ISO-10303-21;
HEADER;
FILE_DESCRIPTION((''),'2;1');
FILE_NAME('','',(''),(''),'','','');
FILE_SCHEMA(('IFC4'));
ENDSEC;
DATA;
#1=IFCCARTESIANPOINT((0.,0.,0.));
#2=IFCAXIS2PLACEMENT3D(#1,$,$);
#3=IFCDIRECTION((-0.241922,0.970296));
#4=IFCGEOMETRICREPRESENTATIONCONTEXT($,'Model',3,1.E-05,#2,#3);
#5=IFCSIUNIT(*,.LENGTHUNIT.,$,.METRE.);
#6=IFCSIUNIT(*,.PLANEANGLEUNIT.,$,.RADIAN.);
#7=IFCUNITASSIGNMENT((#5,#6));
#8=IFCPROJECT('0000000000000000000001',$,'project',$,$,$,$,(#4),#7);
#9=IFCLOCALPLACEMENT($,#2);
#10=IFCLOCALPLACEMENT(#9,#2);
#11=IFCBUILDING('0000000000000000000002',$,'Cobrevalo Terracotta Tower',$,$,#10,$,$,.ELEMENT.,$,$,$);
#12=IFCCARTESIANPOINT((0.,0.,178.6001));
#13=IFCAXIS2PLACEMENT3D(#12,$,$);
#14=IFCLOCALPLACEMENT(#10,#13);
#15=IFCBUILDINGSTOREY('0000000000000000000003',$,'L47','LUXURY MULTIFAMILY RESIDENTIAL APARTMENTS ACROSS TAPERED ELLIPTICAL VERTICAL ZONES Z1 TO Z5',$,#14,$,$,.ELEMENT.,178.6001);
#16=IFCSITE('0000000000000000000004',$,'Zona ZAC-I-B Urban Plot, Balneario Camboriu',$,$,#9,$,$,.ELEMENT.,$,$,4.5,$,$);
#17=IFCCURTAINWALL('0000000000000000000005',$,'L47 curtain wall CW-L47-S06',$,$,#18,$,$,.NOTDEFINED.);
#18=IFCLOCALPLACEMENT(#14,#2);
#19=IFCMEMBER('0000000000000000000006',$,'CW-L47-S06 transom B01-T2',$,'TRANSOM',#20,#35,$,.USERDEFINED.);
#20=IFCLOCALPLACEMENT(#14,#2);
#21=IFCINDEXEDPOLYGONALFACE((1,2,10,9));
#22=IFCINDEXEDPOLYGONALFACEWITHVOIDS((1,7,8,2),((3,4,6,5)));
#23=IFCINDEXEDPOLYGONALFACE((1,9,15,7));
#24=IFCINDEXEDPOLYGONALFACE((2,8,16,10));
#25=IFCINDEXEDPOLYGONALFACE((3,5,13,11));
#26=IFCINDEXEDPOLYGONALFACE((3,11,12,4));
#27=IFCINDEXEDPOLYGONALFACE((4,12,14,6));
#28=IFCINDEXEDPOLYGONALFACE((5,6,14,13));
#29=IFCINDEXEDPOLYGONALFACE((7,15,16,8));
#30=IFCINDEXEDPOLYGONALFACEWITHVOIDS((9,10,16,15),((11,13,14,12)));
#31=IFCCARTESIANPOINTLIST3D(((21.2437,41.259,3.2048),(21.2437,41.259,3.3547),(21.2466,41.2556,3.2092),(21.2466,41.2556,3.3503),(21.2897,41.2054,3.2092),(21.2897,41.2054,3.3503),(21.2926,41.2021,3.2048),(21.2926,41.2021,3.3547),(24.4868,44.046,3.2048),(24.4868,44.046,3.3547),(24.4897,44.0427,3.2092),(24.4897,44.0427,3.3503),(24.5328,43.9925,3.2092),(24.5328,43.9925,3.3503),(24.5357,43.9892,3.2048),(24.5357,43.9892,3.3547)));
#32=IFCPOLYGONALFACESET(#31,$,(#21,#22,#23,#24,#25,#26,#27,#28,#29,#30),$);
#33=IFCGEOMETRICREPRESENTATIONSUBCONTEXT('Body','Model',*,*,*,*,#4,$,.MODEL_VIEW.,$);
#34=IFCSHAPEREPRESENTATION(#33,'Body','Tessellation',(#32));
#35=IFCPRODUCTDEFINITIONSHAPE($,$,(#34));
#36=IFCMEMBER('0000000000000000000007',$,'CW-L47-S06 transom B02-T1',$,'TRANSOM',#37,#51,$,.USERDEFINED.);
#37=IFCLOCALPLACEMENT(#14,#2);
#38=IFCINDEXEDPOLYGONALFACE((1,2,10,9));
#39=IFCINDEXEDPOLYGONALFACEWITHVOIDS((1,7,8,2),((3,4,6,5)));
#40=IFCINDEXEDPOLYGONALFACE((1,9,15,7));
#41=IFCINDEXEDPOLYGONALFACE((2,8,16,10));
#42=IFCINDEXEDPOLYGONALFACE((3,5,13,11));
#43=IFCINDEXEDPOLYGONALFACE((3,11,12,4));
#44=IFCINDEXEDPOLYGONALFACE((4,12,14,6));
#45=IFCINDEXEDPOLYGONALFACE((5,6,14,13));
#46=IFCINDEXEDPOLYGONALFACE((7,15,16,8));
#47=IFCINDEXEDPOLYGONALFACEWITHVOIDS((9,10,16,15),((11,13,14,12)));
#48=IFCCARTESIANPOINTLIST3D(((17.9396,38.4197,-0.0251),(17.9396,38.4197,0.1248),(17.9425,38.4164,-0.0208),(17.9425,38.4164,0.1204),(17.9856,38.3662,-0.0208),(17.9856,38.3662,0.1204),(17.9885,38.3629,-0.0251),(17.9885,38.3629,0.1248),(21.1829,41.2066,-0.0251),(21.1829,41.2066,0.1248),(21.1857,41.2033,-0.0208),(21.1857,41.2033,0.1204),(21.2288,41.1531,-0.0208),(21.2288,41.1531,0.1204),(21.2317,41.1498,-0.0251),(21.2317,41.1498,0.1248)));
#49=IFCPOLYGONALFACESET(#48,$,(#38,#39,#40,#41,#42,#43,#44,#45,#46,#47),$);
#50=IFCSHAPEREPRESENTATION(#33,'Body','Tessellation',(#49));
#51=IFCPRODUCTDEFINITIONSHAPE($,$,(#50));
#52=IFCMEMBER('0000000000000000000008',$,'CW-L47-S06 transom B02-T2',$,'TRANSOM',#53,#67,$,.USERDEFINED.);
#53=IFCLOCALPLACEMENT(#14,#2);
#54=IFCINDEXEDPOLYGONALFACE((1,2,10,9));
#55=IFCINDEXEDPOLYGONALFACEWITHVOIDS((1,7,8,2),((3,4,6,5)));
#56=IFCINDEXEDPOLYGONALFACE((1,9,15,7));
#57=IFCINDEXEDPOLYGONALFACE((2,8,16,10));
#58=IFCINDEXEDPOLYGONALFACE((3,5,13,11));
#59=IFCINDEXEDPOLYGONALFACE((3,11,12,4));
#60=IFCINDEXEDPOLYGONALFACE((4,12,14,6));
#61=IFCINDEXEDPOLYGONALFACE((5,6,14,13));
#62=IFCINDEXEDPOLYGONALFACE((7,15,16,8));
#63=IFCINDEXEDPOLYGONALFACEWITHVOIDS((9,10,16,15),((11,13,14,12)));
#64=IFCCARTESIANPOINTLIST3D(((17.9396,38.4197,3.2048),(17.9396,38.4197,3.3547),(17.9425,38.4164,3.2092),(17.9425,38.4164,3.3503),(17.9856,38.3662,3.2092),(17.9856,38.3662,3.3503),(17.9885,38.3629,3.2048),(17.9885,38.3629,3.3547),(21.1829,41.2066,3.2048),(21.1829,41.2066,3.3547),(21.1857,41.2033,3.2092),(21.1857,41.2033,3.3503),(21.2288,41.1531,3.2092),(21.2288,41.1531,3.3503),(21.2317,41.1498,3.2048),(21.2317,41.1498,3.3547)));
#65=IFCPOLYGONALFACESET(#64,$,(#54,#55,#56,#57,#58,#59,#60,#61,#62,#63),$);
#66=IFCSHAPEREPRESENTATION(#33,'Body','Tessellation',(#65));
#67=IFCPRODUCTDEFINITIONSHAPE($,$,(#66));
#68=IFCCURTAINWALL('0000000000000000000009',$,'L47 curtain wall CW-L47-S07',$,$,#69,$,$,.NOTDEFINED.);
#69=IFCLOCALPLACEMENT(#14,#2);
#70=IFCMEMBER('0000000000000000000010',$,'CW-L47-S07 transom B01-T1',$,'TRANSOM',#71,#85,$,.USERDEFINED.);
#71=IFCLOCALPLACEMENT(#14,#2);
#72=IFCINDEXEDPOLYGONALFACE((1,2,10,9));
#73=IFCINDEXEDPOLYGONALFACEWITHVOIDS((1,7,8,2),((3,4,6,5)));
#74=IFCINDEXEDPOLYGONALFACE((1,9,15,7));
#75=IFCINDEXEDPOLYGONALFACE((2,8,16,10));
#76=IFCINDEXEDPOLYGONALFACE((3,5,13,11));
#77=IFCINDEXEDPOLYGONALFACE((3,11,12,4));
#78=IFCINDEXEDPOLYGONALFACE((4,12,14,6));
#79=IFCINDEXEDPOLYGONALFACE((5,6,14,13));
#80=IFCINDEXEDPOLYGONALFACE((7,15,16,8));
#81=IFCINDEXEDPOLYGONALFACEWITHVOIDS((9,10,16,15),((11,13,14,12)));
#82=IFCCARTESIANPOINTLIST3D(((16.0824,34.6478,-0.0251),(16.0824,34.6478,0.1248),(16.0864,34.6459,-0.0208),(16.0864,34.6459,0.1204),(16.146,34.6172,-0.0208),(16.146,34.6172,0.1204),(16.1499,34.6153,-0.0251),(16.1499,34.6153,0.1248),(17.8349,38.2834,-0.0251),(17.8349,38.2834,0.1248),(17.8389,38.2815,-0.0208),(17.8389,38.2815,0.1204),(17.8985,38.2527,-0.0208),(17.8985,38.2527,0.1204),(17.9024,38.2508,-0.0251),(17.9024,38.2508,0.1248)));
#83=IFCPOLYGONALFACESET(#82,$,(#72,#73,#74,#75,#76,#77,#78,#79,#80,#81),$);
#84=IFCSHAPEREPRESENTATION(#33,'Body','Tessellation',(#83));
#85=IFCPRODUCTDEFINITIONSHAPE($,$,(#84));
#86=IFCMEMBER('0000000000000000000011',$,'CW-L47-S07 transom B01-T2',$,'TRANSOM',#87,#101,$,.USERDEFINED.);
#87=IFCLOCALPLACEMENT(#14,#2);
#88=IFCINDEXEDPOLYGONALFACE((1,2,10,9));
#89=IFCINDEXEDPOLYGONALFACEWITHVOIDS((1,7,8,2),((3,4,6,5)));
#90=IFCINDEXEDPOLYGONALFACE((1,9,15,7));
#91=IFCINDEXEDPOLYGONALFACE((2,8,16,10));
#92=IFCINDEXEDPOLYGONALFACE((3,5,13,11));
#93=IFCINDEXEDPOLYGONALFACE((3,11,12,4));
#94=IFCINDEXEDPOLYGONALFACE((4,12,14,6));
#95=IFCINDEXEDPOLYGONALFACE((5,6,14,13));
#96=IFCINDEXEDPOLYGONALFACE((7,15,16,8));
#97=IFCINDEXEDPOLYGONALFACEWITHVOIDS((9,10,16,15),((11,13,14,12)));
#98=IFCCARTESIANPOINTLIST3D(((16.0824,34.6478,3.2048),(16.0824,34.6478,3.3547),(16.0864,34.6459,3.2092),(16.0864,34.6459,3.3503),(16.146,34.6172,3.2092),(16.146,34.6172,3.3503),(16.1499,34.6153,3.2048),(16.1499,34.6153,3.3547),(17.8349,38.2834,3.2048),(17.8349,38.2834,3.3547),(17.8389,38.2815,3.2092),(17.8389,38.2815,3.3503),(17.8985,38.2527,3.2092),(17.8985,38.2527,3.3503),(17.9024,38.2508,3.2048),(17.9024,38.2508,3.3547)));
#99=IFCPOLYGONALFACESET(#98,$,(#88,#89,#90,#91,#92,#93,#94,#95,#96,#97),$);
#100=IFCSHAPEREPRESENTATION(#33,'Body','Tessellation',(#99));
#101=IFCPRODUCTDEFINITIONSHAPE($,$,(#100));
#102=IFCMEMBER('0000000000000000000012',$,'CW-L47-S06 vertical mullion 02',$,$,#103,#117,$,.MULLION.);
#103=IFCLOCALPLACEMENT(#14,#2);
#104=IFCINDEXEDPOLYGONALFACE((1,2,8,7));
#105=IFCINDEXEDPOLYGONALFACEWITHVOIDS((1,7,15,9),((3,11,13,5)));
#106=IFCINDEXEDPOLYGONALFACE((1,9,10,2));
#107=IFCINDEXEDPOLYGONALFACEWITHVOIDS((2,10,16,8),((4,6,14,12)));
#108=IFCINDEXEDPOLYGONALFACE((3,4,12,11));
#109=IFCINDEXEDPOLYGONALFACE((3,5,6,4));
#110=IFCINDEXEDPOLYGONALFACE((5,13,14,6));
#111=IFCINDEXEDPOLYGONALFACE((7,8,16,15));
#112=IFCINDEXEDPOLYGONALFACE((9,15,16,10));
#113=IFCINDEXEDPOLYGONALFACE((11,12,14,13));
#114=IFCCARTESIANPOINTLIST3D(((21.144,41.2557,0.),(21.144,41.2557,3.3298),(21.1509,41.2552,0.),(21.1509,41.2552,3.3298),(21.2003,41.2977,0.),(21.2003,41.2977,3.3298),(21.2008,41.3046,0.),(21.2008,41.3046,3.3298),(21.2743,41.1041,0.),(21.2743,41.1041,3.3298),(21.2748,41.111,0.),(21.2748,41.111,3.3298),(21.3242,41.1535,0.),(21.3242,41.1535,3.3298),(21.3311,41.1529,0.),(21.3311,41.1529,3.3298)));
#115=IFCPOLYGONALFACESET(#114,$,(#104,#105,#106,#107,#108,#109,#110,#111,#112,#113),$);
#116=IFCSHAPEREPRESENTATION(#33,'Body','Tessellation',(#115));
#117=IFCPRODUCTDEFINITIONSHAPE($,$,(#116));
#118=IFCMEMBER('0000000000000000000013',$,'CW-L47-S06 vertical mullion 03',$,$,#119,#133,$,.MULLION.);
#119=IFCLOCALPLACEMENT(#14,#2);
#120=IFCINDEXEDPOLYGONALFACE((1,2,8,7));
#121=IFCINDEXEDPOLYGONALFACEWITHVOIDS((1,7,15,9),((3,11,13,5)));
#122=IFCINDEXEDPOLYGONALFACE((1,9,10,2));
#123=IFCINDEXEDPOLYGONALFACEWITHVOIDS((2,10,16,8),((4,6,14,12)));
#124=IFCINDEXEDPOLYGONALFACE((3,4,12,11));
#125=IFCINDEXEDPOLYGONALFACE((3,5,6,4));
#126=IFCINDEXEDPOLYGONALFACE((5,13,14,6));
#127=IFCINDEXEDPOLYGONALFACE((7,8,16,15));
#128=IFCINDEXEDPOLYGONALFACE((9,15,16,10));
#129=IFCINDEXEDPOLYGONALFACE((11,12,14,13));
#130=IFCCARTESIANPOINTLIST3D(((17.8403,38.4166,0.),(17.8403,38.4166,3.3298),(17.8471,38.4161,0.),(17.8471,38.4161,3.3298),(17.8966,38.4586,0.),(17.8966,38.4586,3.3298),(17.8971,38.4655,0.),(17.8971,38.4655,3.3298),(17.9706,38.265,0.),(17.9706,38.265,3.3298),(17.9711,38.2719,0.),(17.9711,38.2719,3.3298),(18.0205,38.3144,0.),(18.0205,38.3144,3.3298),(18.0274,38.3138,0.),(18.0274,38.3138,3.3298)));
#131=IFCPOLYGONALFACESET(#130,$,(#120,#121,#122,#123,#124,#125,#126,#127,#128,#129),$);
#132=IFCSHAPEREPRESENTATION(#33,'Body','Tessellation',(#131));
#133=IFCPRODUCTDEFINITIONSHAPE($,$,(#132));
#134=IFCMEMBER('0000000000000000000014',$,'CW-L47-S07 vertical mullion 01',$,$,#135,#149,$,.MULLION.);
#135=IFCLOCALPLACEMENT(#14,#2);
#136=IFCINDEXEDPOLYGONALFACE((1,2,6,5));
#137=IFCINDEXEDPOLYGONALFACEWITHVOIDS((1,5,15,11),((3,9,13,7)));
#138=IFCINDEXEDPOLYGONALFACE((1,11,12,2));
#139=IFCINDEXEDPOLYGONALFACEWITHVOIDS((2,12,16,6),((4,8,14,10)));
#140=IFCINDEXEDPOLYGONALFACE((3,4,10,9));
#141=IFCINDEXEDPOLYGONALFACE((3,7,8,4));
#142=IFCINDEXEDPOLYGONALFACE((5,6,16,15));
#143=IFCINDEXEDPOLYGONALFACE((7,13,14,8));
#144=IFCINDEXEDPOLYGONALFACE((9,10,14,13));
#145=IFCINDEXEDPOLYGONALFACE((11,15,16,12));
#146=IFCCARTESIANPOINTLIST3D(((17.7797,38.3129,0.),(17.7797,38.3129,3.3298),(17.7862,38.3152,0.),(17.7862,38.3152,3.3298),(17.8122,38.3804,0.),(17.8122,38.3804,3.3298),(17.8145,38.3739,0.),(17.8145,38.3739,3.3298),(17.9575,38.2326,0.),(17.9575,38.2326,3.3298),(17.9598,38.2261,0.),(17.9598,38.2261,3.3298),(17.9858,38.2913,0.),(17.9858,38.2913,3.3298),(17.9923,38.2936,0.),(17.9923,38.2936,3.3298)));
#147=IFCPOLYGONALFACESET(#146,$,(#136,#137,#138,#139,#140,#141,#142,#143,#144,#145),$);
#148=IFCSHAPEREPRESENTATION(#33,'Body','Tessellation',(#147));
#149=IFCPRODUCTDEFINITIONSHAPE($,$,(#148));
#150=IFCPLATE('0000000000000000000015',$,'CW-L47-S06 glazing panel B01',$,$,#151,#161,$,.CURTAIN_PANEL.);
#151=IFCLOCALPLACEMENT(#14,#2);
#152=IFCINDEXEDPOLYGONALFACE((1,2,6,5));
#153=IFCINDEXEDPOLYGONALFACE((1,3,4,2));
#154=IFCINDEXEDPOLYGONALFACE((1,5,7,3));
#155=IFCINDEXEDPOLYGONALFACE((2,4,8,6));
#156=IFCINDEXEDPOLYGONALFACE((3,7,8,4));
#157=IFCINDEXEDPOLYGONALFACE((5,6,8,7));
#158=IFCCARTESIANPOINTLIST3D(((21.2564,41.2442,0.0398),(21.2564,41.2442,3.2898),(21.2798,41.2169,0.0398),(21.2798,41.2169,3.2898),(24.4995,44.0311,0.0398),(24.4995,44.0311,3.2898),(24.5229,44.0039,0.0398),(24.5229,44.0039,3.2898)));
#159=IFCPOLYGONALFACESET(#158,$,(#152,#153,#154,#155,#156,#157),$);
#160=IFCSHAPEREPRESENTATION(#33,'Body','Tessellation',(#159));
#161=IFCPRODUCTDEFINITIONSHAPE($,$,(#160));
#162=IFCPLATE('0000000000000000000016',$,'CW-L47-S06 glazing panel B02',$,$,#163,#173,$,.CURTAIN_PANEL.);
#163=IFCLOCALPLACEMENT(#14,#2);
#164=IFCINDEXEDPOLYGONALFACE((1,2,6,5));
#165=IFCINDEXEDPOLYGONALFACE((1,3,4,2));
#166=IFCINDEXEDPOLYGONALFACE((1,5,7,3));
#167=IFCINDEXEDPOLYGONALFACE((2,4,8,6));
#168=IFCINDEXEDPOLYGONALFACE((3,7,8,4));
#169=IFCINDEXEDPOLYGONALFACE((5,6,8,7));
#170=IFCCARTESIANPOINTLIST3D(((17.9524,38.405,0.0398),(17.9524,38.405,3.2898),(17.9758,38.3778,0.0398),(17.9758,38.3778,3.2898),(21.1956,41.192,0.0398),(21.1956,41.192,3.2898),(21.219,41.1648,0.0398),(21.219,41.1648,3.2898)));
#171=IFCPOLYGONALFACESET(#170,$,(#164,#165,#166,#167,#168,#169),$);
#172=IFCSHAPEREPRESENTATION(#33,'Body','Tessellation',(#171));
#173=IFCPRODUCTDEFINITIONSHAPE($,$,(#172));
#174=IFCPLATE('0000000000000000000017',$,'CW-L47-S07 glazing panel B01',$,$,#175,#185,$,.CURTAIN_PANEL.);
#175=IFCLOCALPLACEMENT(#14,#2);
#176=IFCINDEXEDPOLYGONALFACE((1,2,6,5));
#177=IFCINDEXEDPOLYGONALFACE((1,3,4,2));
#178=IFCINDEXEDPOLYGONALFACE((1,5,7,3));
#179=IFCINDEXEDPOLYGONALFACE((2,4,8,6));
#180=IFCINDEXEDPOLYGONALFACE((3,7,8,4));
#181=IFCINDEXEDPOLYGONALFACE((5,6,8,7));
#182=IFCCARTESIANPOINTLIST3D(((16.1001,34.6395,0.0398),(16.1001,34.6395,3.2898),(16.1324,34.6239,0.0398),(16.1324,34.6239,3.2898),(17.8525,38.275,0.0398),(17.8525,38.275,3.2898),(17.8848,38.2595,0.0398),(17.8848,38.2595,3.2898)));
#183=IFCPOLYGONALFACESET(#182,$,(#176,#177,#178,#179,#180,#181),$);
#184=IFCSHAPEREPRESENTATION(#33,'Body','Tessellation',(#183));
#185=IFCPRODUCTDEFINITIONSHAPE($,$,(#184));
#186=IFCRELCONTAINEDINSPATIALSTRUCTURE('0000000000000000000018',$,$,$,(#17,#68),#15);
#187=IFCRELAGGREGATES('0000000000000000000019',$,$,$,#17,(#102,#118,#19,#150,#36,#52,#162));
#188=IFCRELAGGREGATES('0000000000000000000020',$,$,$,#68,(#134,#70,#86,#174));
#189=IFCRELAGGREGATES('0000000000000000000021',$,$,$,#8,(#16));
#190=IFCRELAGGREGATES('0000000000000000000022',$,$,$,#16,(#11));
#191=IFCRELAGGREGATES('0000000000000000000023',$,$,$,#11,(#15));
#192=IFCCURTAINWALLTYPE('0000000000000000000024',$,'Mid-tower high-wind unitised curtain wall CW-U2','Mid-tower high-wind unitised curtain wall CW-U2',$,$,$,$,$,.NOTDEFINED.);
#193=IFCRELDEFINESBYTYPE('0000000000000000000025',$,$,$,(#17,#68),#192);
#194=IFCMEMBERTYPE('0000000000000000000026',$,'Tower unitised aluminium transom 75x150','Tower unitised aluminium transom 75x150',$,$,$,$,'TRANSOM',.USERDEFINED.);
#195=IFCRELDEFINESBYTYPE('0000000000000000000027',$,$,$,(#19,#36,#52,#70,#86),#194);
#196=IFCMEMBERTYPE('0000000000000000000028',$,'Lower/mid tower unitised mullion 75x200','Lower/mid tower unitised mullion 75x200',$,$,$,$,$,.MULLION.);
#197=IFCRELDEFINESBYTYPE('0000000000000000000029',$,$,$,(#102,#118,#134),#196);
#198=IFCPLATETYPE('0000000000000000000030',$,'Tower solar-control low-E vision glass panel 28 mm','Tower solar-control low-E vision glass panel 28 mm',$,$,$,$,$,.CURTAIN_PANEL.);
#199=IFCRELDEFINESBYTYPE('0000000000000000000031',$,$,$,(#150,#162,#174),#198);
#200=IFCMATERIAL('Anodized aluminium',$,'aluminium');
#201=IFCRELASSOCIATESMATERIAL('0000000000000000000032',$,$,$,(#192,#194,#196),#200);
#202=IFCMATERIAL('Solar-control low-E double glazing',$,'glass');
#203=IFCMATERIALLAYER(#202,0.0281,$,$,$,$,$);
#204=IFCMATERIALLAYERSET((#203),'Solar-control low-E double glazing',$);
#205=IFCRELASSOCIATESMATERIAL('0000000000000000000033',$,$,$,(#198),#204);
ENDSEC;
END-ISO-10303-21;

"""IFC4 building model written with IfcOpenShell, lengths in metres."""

from ifc_helpers import new_model, si_unit, direction, frame, origin, origin_2d, place, context, subcontext, project, spatial, rectangle, hollow_rectangle, extrude, source, transform, mapped, material, layer, layer_set, material_profile, profile_set, type_object, element, aggregate, save


model = new_model("IFC4")

# Units and contexts
model_context = context("Model", 3, precision=1e-05, world=origin(), true_north=direction((-0.241922, 0.970296)))
body_context = subcontext(model_context, "Body", "Model", "MODEL_VIEW")
ifc_project = project(units=[si_unit("LENGTHUNIT", "METRE"), si_unit("PLANEANGLEUNIT", "RADIAN")], contexts=[model_context])

# Site, building, storey
site_placement = place(None, origin())
site = spatial("IfcSite", under=ifc_project, at=site_placement, Name="Zona ZAC-I-B Urban Plot, Balneario Camboriu", CompositionType="ELEMENT", RefElevation=4.5)
building_placement = place(site_placement, origin())
building = spatial("IfcBuilding", under=site, at=building_placement, Name="Cobrevalo Terracotta Tower", CompositionType="ELEMENT")
storey_placement = place(building_placement, frame((0.0, 0.0, 178.6001)))
storey = spatial("IfcBuildingStorey", under=building, at=storey_placement, Name="L47", Description="LUXURY MULTIFAMILY RESIDENTIAL APARTMENTS ACROSS TAPERED ELLIPTICAL VERTICAL ZONES Z1 TO Z5", CompositionType="ELEMENT", Elevation=178.6001)

# Curtain walls, members
ifc_material_1 = material(Name="Anodized aluminium", Category="aluminium")
curtain_wall_type = type_object("IfcCurtainWallType", Name="Mid-tower high-wind unitised curtain wall CW-U2", Description="Mid-tower high-wind unitised curtain wall CW-U2", PredefinedType="NOTDEFINED", material=ifc_material_1)
curtain_wall_1_placement = place(storey_placement, origin())
curtain_wall_1 = element("IfcCurtainWall", 1, at=curtain_wall_1_placement, inside=storey, type_object=curtain_wall_type, Name="L47 curtain wall CW-L47-S06", PredefinedType="NOTDEFINED")
ifc_material_profile_1 = material_profile(ifc_material_1, hollow_rectangle(XDim=0.075, YDim=0.1499, WallThickness=0.0044, at=origin_2d()), Name="CWT 75x150")
ifc_profile_set_1 = profile_set([ifc_material_profile_1], Name="Anodized aluminium")
member_type_1 = type_object("IfcMemberType", Name="Tower unitised aluminium transom 75x150", Description="Tower unitised aluminium transom 75x150", ElementType="TRANSOM", PredefinedType="USERDEFINED", material=ifc_profile_set_1)
shared_shape_1 = source(origin(), body_context, "Body", "SweptSolid", [
    extrude(hollow_rectangle(XDim=0.075, YDim=0.1499, WallThickness=0.0044, at=origin_2d()), origin(), (0.0, 0.0, 1.0), 4.2761),
])
member_1_placement = place(storey_placement, frame((24.5112, 44.0176, 3.2798), z_axis=(-0.758418, -0.651769, 0.0), x_axis=(0.651769, -0.758418, 0.0)))
member_1 = element("IfcMember", 2, at=member_1_placement, type_object=member_type_1, Name="CW-L47-S06 transom B01-T2", ObjectType="TRANSOM", PredefinedType="USERDEFINED", context=body_context, shape_type="MappedRepresentation", body=[
    mapped(shared_shape_1, transform((0.0, 0.0, 0.0), scale=1.0)),
])
member_2_placement = place(storey_placement, frame((21.2073, 41.1782, 0.0498), z_axis=(-0.758446, -0.651736, 0.0), x_axis=(0.651736, -0.758446, 0.0)))
member_2 = element("IfcMember", 3, at=member_2_placement, type_object=member_type_1, Name="CW-L47-S06 transom B02-T1", ObjectType="TRANSOM", PredefinedType="USERDEFINED", context=body_context, shape_type="MappedRepresentation", body=[
    mapped(shared_shape_1, transform((0.0, 0.0, 0.0), scale=1.0)),
])
member_3_placement = place(storey_placement, frame((21.2073, 41.1782, 3.2798), z_axis=(-0.758446, -0.651736, 0.0), x_axis=(0.651736, -0.758446, 0.0)))
member_3 = element("IfcMember", 4, at=member_3_placement, type_object=member_type_1, Name="CW-L47-S06 transom B02-T2", ObjectType="TRANSOM", PredefinedType="USERDEFINED", context=body_context, shape_type="MappedRepresentation", body=[
    mapped(shared_shape_1, transform((0.0, 0.0, 0.0), scale=1.0)),
])
curtain_wall_2_placement = place(storey_placement, origin())
curtain_wall_2 = element("IfcCurtainWall", 5, at=curtain_wall_2_placement, inside=storey, type_object=curtain_wall_type, Name="L47 curtain wall CW-L47-S07", PredefinedType="NOTDEFINED")
shared_shape_2 = source(origin(), body_context, "Body", "SweptSolid", [
    extrude(hollow_rectangle(XDim=0.075, YDim=0.1499, WallThickness=0.0044, at=origin_2d()), origin(), (0.0, 0.0, 1.0), 4.0359),
])
member_4_placement = place(storey_placement, frame((17.8687, 38.2671, 0.0498), z_axis=(-0.434221, -0.900806, 0.0), x_axis=(0.900806, -0.434221, 0.0)))
member_4 = element("IfcMember", 6, at=member_4_placement, type_object=member_type_1, Name="CW-L47-S07 transom B01-T1", ObjectType="TRANSOM", PredefinedType="USERDEFINED", context=body_context, shape_type="MappedRepresentation", body=[
    mapped(shared_shape_2, transform((0.0, 0.0, 0.0), scale=1.0)),
])
member_5_placement = place(storey_placement, frame((17.8687, 38.2671, 3.2798), z_axis=(-0.434221, -0.900806, 0.0), x_axis=(0.900806, -0.434221, 0.0)))
member_5 = element("IfcMember", 7, at=member_5_placement, type_object=member_type_1, Name="CW-L47-S07 transom B01-T2", ObjectType="TRANSOM", PredefinedType="USERDEFINED", context=body_context, shape_type="MappedRepresentation", body=[
    mapped(shared_shape_2, transform((0.0, 0.0, 0.0), scale=1.0)),
])

# Members
ifc_material_profile_2 = material_profile(ifc_material_1, hollow_rectangle(XDim=0.075, YDim=0.2, WallThickness=0.0049, at=origin_2d()), Name="CWM 75x200")
ifc_profile_set_2 = profile_set([ifc_material_profile_2], Name="Anodized aluminium")
member_type_2 = type_object("IfcMemberType", Name="Lower/mid tower unitised mullion 75x200", Description="Lower/mid tower unitised mullion 75x200", PredefinedType="MULLION", material=ifc_profile_set_2)
shared_shape_3 = source(origin(), body_context, "Body", "SweptSolid", [
    extrude(hollow_rectangle(XDim=0.075, YDim=0.2, WallThickness=0.0049, at=origin_2d()), origin(), (0.0, 0.0, 1.0), 3.3298),
])
member_6_placement = place(storey_placement, frame((21.2375, 41.2043, 0.0), z_axis=(0.0, 0.0, 1.0), x_axis=(-0.758442, -0.651741, 0.0)))
member_6 = element("IfcMember", 8, at=member_6_placement, type_object=member_type_2, Name="CW-L47-S06 vertical mullion 02", PredefinedType="MULLION", context=body_context, shape_type="MappedRepresentation", body=[
    mapped(shared_shape_3, transform((0.0, 0.0, 0.0), scale=1.0)),
])
member_7_placement = place(storey_placement, frame((17.9338, 38.3652, 0.0), z_axis=(0.0, 0.0, 1.0), x_axis=(-0.758442, -0.651741, 0.0)))
member_7 = element("IfcMember", 9, at=member_7_placement, type_object=member_type_2, Name="CW-L47-S06 vertical mullion 03", PredefinedType="MULLION", context=body_context, shape_type="MappedRepresentation", body=[
    mapped(shared_shape_3, transform((0.0, 0.0, 0.0), scale=1.0)),
])
member_8_placement = place(storey_placement, frame((17.886, 38.3032, 0.0), z_axis=(0.0, 0.0, 1.0), x_axis=(-0.434209, -0.900812, 0.0)))
member_8 = element("IfcMember", 10, at=member_8_placement, type_object=member_type_2, Name="CW-L47-S07 vertical mullion 01", PredefinedType="MULLION", context=body_context, shape_type="MappedRepresentation", body=[
    mapped(shared_shape_3, transform((0.0, 0.0, 0.0), scale=1.0)),
])

# Plates
ifc_material_2 = material(Name="Solar-control low-E double glazing", Category="glass")
ifc_layer_1 = layer(ifc_material_2, 0.0281)
ifc_layer_set_1 = layer_set([ifc_layer_1], Name="Solar-control low-E double glazing")
plate_type = type_object("IfcPlateType", Name="Tower solar-control low-E vision glass panel 28 mm", Description="Tower solar-control low-E vision glass panel 28 mm", PredefinedType="CURTAIN_PANEL", material=ifc_layer_set_1)
shared_shape_4 = source(origin(), body_context, "Body", "SweptSolid", [
    extrude(rectangle(XDim=4.2761, YDim=0.0359, at=origin_2d()), origin(), (0.0, 0.0, 1.0), 3.25),
])
plate_1_placement = place(storey_placement, frame((22.8896, 42.624, 0.0398), z_axis=(0.0, 0.0, 1.0), x_axis=(-0.758437, -0.651746, 0.0)))
plate_1 = element("IfcPlate", 11, at=plate_1_placement, type_object=plate_type, Name="CW-L47-S06 glazing panel B01", PredefinedType="CURTAIN_PANEL", context=body_context, shape_type="MappedRepresentation", body=[
    mapped(shared_shape_4, transform((0.0, 0.0, 0.0), scale=1.0)),
])
plate_2_placement = place(storey_placement, frame((19.5857, 39.7849, 0.0398), z_axis=(0.0, 0.0, 1.0), x_axis=(-0.758437, -0.651746, 0.0)))
plate_2 = element("IfcPlate", 12, at=plate_2_placement, type_object=plate_type, Name="CW-L47-S06 glazing panel B02", PredefinedType="CURTAIN_PANEL", context=body_context, shape_type="MappedRepresentation", body=[
    mapped(shared_shape_4, transform((0.0, 0.0, 0.0), scale=1.0)),
])
aggregate(curtain_wall_1, [member_6, member_7, member_1, plate_1, member_2, member_3, plate_2])
shared_shape_5 = source(origin(), body_context, "Body", "SweptSolid", [
    extrude(rectangle(XDim=4.0359, YDim=0.0359, at=origin_2d()), origin(), (0.0, 0.0, 1.0), 3.25),
])
plate_3_placement = place(storey_placement, frame((16.9924, 36.4495, 0.0398), z_axis=(0.0, 0.0, 1.0), x_axis=(-0.434209, -0.900812, 0.0)))
plate_3 = element("IfcPlate", 13, at=plate_3_placement, type_object=plate_type, Name="CW-L47-S07 glazing panel B01", PredefinedType="CURTAIN_PANEL", context=body_context, shape_type="MappedRepresentation", body=[
    mapped(shared_shape_5, transform((0.0, 0.0, 0.0), scale=1.0)),
])
aggregate(curtain_wall_2, [member_8, member_4, member_5, plate_3])

save(model, "model.ifc")
